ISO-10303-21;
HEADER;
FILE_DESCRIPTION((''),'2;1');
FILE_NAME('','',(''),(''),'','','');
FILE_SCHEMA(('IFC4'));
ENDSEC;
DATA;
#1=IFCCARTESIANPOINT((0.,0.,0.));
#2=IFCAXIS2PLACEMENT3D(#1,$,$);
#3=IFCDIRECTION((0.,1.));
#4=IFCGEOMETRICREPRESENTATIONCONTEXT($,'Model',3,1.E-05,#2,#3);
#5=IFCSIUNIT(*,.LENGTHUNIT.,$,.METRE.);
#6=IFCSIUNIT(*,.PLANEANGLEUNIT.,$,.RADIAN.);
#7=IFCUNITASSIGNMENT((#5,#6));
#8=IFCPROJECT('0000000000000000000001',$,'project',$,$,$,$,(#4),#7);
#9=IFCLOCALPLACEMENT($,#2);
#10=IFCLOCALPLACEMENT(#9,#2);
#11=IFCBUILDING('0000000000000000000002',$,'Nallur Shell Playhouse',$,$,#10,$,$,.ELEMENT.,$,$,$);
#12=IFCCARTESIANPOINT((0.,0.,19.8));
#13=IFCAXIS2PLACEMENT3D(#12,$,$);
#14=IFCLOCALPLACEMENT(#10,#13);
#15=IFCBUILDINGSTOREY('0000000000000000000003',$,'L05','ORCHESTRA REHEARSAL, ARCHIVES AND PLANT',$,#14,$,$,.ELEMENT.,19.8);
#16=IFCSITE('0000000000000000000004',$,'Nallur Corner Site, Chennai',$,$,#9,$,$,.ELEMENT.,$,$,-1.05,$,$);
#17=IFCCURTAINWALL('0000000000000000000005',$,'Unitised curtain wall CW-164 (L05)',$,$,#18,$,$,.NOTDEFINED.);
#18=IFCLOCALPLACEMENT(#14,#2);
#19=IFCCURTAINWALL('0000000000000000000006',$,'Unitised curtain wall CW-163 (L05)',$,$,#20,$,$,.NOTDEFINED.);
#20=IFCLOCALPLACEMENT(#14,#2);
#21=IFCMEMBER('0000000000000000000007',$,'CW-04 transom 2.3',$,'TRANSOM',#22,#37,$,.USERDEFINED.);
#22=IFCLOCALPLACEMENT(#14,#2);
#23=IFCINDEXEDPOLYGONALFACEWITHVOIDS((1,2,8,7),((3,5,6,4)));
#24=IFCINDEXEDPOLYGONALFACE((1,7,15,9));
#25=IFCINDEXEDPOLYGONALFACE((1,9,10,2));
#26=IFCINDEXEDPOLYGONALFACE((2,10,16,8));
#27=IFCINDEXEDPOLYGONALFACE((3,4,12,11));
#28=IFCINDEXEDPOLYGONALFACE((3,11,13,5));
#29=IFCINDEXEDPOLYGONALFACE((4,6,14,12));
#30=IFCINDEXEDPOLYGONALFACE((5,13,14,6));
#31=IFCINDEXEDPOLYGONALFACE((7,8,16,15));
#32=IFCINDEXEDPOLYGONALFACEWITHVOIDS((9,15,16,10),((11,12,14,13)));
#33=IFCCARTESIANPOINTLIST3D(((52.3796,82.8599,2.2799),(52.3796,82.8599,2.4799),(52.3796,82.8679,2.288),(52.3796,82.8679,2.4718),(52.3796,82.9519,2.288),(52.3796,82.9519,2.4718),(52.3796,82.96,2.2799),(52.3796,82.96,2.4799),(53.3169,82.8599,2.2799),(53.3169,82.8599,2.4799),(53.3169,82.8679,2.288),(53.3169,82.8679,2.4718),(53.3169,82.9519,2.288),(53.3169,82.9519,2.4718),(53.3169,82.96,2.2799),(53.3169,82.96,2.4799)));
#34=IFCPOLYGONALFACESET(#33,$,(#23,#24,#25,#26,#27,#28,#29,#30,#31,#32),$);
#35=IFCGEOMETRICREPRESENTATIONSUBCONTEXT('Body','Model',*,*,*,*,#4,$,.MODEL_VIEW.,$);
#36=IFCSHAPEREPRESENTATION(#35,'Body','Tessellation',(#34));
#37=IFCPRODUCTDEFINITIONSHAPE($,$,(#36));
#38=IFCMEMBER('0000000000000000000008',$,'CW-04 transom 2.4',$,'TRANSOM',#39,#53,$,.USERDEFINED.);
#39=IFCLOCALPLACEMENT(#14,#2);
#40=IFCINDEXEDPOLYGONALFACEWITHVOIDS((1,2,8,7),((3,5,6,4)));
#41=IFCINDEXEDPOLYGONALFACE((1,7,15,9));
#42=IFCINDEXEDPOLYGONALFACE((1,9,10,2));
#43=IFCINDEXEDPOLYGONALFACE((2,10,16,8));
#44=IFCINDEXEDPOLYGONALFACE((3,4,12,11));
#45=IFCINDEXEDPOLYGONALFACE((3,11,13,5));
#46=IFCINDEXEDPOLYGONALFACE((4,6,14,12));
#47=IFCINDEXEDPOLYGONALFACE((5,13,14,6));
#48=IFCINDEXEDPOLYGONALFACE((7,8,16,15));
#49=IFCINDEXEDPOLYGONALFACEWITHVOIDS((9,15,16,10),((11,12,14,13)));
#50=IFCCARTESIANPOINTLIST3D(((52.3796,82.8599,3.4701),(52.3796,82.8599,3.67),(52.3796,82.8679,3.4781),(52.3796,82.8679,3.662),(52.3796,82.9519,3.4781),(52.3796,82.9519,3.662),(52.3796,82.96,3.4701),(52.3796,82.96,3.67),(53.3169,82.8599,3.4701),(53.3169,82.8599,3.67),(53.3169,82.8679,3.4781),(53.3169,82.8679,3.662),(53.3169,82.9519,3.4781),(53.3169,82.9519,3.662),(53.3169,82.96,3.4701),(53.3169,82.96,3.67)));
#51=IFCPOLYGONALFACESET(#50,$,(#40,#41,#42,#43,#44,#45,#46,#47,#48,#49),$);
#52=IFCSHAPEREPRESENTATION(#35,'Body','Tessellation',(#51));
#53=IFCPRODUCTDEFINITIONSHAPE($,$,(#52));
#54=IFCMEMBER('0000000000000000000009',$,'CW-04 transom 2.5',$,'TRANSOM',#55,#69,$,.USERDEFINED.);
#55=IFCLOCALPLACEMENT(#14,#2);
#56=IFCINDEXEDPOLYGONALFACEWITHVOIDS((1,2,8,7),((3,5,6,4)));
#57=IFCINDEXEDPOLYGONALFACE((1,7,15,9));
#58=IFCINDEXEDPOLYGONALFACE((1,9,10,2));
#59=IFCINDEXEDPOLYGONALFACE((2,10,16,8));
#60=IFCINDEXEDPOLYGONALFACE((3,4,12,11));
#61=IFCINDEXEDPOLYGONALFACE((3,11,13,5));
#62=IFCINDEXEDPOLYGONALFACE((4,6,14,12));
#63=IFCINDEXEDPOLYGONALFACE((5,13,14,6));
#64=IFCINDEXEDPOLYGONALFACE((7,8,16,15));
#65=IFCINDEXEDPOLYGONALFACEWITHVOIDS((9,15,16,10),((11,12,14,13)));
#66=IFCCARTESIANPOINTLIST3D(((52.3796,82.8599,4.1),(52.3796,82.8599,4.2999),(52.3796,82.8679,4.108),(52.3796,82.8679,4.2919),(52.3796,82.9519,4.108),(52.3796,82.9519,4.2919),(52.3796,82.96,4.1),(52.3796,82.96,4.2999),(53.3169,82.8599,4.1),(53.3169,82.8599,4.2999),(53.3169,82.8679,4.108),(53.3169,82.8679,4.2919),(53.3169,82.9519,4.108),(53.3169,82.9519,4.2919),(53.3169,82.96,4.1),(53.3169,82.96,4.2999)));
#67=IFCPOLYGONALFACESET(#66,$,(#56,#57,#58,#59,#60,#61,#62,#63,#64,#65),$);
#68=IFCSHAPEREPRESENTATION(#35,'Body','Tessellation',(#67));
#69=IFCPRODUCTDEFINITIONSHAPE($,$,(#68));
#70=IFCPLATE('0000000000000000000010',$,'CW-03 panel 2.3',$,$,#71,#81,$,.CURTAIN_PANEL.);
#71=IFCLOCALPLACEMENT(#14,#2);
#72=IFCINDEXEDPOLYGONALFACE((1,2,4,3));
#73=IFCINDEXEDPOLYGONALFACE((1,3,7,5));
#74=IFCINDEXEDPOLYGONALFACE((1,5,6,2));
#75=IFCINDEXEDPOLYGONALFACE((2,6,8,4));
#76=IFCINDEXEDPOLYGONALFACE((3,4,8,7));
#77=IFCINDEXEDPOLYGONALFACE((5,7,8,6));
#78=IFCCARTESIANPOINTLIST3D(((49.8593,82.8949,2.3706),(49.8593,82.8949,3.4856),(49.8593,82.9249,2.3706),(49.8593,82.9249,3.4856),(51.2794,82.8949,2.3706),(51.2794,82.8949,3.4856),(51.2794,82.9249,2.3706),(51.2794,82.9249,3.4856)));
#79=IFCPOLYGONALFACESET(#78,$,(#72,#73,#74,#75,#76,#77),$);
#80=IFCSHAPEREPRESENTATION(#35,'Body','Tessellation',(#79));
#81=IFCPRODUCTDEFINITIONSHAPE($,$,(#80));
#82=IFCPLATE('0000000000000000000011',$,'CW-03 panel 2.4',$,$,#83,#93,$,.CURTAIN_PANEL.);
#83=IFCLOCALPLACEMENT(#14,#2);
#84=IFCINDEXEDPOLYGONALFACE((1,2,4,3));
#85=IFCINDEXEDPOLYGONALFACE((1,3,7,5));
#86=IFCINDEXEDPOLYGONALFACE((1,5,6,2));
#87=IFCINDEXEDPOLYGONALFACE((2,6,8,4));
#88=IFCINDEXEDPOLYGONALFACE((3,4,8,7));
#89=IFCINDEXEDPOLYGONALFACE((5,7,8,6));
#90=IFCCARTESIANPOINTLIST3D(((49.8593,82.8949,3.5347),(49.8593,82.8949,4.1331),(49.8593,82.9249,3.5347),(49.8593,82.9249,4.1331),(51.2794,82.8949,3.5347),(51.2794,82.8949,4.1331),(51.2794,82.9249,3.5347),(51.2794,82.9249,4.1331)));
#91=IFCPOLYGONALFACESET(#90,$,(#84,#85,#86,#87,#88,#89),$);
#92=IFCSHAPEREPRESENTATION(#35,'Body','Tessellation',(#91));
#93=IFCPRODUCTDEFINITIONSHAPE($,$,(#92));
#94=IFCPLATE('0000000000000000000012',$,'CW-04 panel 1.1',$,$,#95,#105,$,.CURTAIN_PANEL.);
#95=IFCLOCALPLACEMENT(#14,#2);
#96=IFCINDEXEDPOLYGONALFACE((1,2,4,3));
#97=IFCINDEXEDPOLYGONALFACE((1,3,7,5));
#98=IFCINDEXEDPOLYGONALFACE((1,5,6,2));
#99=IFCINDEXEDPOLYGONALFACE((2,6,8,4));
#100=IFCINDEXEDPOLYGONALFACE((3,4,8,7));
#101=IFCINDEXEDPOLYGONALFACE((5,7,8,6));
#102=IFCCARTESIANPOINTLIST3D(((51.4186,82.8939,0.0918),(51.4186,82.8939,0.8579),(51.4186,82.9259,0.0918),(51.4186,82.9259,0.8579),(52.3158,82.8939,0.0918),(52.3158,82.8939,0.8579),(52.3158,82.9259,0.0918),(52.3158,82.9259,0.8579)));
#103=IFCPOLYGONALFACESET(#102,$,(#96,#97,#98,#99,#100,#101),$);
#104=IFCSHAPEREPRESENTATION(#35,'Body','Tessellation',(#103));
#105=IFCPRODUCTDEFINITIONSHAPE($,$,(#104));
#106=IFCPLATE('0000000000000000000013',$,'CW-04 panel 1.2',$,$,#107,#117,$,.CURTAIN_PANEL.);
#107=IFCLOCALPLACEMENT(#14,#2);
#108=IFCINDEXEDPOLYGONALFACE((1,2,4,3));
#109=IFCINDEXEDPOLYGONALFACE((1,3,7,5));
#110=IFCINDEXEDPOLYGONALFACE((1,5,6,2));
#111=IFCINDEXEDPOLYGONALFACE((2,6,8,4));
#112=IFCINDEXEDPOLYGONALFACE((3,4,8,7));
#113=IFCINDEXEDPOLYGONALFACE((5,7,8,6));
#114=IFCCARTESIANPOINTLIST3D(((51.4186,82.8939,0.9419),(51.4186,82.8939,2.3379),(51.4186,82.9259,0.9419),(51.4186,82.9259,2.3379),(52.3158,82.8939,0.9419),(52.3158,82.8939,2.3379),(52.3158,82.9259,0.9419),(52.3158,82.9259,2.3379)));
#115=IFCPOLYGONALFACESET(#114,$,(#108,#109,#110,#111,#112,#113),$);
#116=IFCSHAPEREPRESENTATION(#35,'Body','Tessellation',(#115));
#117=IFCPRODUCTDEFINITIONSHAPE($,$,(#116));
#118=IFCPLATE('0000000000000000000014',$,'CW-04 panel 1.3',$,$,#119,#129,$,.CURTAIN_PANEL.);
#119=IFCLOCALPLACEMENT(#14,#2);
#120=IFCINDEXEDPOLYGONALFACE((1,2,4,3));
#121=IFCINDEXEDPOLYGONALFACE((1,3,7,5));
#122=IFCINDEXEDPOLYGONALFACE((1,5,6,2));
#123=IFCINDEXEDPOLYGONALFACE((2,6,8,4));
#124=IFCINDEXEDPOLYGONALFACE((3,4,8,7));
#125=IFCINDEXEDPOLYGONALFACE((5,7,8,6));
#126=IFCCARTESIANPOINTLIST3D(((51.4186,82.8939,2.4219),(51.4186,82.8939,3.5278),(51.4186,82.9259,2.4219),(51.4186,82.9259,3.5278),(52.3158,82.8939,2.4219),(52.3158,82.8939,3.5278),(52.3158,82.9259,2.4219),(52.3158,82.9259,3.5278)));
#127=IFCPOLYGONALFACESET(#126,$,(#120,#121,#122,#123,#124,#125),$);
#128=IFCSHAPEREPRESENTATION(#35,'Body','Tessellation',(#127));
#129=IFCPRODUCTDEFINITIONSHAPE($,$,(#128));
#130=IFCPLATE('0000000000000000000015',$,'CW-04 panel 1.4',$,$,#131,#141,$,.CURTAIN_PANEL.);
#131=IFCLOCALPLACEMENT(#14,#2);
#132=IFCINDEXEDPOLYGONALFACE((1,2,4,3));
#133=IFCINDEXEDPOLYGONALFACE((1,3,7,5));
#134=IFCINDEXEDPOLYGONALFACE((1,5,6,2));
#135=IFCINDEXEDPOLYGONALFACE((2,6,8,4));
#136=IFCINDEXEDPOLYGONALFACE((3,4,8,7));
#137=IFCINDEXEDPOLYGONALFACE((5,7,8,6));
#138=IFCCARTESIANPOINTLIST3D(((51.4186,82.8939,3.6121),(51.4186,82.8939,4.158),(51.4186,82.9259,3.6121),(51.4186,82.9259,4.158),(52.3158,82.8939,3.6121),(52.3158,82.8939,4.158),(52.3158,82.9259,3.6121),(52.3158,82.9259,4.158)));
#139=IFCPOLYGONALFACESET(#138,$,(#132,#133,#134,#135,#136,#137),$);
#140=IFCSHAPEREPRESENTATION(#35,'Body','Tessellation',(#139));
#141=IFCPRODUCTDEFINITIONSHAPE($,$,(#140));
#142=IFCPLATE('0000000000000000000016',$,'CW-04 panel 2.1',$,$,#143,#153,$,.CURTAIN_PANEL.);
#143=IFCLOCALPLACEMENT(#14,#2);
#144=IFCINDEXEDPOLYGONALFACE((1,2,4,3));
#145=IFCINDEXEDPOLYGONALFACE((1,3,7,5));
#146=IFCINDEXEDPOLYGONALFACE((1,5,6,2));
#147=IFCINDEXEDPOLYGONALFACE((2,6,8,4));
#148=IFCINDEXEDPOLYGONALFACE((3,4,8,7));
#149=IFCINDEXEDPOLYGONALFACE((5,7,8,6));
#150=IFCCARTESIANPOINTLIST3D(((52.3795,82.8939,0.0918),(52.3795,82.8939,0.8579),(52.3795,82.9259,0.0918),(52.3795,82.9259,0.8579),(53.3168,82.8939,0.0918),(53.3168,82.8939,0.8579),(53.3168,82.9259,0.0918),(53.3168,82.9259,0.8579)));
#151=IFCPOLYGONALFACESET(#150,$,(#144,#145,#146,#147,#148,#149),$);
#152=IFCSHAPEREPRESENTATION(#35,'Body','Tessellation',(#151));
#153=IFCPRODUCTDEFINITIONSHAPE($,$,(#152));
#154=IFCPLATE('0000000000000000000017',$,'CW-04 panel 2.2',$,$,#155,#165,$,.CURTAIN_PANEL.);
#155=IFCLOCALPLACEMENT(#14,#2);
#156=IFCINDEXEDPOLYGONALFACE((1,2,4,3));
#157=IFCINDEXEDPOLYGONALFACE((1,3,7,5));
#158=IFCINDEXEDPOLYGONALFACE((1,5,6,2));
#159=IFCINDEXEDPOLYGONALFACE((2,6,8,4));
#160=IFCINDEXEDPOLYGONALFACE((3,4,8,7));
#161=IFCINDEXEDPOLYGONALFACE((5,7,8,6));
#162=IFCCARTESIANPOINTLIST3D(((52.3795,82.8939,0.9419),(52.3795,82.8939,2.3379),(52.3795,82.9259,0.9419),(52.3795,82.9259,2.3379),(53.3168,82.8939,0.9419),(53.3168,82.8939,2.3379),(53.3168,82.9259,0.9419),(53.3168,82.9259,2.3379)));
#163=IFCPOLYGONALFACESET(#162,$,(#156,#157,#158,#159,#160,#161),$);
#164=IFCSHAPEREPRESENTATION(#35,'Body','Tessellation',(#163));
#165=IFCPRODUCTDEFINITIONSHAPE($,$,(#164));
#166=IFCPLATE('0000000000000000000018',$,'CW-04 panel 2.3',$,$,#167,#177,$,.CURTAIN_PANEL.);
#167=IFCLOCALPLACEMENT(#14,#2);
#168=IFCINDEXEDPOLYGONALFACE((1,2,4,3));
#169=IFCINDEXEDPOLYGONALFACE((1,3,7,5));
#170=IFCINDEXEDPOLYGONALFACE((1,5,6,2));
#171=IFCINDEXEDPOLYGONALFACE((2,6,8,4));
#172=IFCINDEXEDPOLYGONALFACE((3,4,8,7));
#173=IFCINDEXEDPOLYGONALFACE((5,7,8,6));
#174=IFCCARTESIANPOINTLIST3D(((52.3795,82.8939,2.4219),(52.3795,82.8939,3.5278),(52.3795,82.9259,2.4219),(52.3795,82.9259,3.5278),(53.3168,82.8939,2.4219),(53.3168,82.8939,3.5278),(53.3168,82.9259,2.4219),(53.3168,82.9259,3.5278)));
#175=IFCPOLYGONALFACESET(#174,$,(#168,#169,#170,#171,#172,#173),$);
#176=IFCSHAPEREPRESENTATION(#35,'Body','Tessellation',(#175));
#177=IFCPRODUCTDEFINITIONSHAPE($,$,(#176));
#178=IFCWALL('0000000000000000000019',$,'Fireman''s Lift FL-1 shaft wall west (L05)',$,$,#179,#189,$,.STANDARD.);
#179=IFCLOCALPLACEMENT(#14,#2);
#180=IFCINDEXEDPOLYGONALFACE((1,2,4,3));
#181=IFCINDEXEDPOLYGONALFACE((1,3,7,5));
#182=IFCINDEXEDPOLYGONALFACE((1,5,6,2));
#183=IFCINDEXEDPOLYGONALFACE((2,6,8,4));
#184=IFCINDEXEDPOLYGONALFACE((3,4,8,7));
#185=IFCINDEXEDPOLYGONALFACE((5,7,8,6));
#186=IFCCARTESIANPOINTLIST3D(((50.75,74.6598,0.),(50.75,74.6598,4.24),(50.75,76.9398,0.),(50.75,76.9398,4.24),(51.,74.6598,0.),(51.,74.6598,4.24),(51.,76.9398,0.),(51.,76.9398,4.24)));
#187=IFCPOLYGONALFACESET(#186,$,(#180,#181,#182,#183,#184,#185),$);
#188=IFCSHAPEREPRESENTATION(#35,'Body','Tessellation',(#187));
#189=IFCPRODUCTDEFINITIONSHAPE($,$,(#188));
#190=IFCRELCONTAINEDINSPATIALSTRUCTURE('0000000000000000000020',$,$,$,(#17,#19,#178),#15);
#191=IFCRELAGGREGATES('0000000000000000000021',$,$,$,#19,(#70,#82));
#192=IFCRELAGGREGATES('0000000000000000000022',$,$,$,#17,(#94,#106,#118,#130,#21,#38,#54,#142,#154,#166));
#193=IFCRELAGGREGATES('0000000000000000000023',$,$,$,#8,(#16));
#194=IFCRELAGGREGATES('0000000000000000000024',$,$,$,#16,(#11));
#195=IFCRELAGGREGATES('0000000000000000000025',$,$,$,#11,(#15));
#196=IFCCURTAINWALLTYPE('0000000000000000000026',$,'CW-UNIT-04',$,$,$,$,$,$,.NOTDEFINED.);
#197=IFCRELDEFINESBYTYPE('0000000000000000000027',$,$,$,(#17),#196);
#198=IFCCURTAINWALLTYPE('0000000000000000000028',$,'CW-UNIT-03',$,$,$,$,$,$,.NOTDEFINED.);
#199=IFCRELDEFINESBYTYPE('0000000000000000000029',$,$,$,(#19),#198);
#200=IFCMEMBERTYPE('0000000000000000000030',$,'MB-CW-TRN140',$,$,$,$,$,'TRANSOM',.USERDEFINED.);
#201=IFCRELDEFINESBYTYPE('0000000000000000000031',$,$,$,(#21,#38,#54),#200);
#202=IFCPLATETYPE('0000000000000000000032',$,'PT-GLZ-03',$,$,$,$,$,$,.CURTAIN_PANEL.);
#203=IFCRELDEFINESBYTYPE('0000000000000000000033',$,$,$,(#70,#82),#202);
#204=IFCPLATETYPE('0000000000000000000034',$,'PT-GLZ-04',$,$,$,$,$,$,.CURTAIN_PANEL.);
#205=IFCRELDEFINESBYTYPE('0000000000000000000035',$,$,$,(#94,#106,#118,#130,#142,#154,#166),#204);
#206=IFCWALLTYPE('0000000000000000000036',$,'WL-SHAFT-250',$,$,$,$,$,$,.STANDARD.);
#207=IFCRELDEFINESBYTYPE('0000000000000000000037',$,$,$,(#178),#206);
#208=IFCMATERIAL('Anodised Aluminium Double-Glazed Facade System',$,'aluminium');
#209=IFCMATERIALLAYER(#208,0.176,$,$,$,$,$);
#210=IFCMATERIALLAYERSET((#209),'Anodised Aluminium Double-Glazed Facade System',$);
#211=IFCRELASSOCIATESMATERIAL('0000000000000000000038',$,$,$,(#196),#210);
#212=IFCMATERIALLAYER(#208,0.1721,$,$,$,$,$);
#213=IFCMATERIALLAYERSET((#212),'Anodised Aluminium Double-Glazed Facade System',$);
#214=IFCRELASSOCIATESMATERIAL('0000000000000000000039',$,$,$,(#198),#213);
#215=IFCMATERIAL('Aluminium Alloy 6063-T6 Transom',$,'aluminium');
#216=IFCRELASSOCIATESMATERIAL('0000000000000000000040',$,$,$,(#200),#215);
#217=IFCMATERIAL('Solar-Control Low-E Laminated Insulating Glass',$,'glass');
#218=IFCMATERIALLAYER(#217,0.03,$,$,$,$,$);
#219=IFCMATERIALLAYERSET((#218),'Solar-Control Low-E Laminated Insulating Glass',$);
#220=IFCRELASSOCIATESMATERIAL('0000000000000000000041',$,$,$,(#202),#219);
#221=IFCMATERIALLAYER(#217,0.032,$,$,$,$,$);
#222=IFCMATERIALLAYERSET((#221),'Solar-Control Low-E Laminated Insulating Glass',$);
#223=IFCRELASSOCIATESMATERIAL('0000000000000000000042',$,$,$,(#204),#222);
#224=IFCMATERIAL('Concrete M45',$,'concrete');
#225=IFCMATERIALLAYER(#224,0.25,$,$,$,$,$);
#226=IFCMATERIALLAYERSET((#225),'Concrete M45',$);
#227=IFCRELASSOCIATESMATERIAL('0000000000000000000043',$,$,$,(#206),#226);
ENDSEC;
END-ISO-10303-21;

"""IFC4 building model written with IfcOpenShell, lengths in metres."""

from ifc_helpers import new_model, si_unit, direction, frame, frame_2d, origin, origin_2d, place, context, subcontext, project, spatial, rectangle, hollow_rectangle, extrude, material, layer, layer_set, material_profile, profile_set, type_object, element, aggregate, save


model = new_model("IFC4")

# Units and contexts
model_context = context("Model", 3, precision=1e-05, world=origin(), true_north=direction((0.0, 1.0)))
body_context = subcontext(model_context, "Body", "Model", "MODEL_VIEW")
ifc_project = project(units=[si_unit("LENGTHUNIT", "METRE"), si_unit("PLANEANGLEUNIT", "RADIAN")], contexts=[model_context])

# Site, building, storey
site_placement = place(None, origin())
site = spatial("IfcSite", under=ifc_project, at=site_placement, Name="Nallur Corner Site, Chennai", CompositionType="ELEMENT", RefElevation=-1.05)
building_placement = place(site_placement, origin())
building = spatial("IfcBuilding", under=site, at=building_placement, Name="Nallur Shell Playhouse", CompositionType="ELEMENT")
storey_placement = place(building_placement, frame((0.0, 0.0, 19.8)))
storey = spatial("IfcBuildingStorey", under=building, at=storey_placement, Name="L05", Description="ORCHESTRA REHEARSAL, ARCHIVES AND PLANT", CompositionType="ELEMENT", Elevation=19.8)

# Curtain wall
ifc_material_1 = material(Name="Anodised Aluminium Double-Glazed Facade System", Category="aluminium")
ifc_layer_1 = layer(ifc_material_1, 0.176)
ifc_layer_set_1 = layer_set([ifc_layer_1], Name="Anodised Aluminium Double-Glazed Facade System")
curtain_wall_type_1 = type_object("IfcCurtainWallType", Name="CW-UNIT-04", PredefinedType="NOTDEFINED", material=ifc_layer_set_1)
curtain_wall_1_placement = place(storey_placement, origin())
curtain_wall_1 = element("IfcCurtainWall", 1, at=curtain_wall_1_placement, inside=storey, type_object=curtain_wall_type_1, Name="Unitised curtain wall CW-164 (L05)", PredefinedType="NOTDEFINED")

# Curtain wall
ifc_layer_2 = layer(ifc_material_1, 0.1721)
ifc_layer_set_2 = layer_set([ifc_layer_2], Name="Anodised Aluminium Double-Glazed Facade System")
curtain_wall_type_2 = type_object("IfcCurtainWallType", Name="CW-UNIT-03", PredefinedType="NOTDEFINED", material=ifc_layer_set_2)
curtain_wall_2_placement = place(storey_placement, origin())
curtain_wall_2 = element("IfcCurtainWall", 2, at=curtain_wall_2_placement, inside=storey, type_object=curtain_wall_type_2, Name="Unitised curtain wall CW-163 (L05)", PredefinedType="NOTDEFINED")

# Members
ifc_material_2 = material(Name="Aluminium Alloy 6063-T6 Transom", Category="aluminium")
ifc_material_profile_1 = material_profile(ifc_material_2, hollow_rectangle(XDim=0.1001, YDim=0.2, WallThickness=0.0081, at=origin_2d()), Name="RHS 200x100x8")
ifc_profile_set_1 = profile_set([ifc_material_profile_1], Name="Aluminium Alloy 6063-T6 Transom")
member_type_1 = type_object("IfcMemberType", Name="MB-CW-TRN140", ElementType="TRANSOM", PredefinedType="USERDEFINED", material=ifc_profile_set_1)
member_1_placement = place(storey_placement, frame((52.3796, 82.9099, 2.3799), z_axis=(1.0, 0.0, 0.0), x_axis=(0.0, 1.0, 0.0)))
member_1 = element("IfcMember", 3, at=member_1_placement, type_object=member_type_1, Name="CW-04 transom 2.3", ObjectType="TRANSOM", PredefinedType="USERDEFINED", context=body_context, shape_type="SweptSolid", body=[
    extrude(hollow_rectangle(XDim=0.1001, YDim=0.2, WallThickness=0.0081, at=origin_2d()), origin(), (0.0, 0.0, 1.0), 0.9373),
])
member_2_placement = place(storey_placement, frame((52.3796, 82.9099, 3.5701), z_axis=(1.0, 0.0, 0.0), x_axis=(0.0, 1.0, 0.0)))
member_2 = element("IfcMember", 4, at=member_2_placement, type_object=member_type_1, Name="CW-04 transom 2.4", ObjectType="TRANSOM", PredefinedType="USERDEFINED", context=body_context, shape_type="SweptSolid", body=[
    extrude(hollow_rectangle(XDim=0.1001, YDim=0.2, WallThickness=0.0081, at=origin_2d()), origin(), (0.0, 0.0, 1.0), 0.9373),
])
member_3_placement = place(storey_placement, frame((52.3796, 82.9099, 4.2), z_axis=(1.0, 0.0, 0.0), x_axis=(0.0, 1.0, 0.0)))
member_3 = element("IfcMember", 5, at=member_3_placement, type_object=member_type_1, Name="CW-04 transom 2.5", ObjectType="TRANSOM", PredefinedType="USERDEFINED", context=body_context, shape_type="SweptSolid", body=[
    extrude(hollow_rectangle(XDim=0.1001, YDim=0.2, WallThickness=0.0081, at=origin_2d()), origin(), (0.0, 0.0, 1.0), 0.9373),
])

# Plates
ifc_material_3 = material(Name="Solar-Control Low-E Laminated Insulating Glass", Category="glass")
ifc_layer_3 = layer(ifc_material_3, 0.03)
ifc_layer_set_3 = layer_set([ifc_layer_3], Name="Solar-Control Low-E Laminated Insulating Glass")
plate_type_1 = type_object("IfcPlateType", Name="PT-GLZ-03", PredefinedType="CURTAIN_PANEL", material=ifc_layer_set_3)
plate_1_placement = place(storey_placement, frame((50.5693, 82.9099, 2.3706), z_axis=(0.0, 0.0, 1.0), x_axis=(1.0, 0.0, 0.0)))
plate_1 = element("IfcPlate", 6, at=plate_1_placement, type_object=plate_type_1, Name="CW-03 panel 2.3", PredefinedType="CURTAIN_PANEL", context=body_context, shape_type="SweptSolid", body=[
    extrude(rectangle(XDim=1.4202, YDim=0.03, at=origin_2d()), origin(), (0.0, 0.0, 1.0), 1.115),
])
plate_2_placement = place(storey_placement, frame((50.5693, 82.9099, 3.5347), z_axis=(0.0, 0.0, 1.0), x_axis=(1.0, 0.0, 0.0)))
plate_2 = element("IfcPlate", 7, at=plate_2_placement, type_object=plate_type_1, Name="CW-03 panel 2.4", PredefinedType="CURTAIN_PANEL", context=body_context, shape_type="SweptSolid", body=[
    extrude(rectangle(XDim=1.4202, YDim=0.03, at=origin_2d()), origin(), (0.0, 0.0, 1.0), 0.5984),
])
aggregate(curtain_wall_2, [plate_1, plate_2])
ifc_layer_4 = layer(ifc_material_3, 0.032)
ifc_layer_set_4 = layer_set([ifc_layer_4], Name="Solar-Control Low-E Laminated Insulating Glass")
plate_type_2 = type_object("IfcPlateType", Name="PT-GLZ-04", PredefinedType="CURTAIN_PANEL", material=ifc_layer_set_4)
plate_3_placement = place(storey_placement, frame((51.8672, 82.9099, 0.0918), z_axis=(0.0, 0.0, 1.0), x_axis=(1.0, 0.0, 0.0)))
plate_3 = element("IfcPlate", 8, at=plate_3_placement, type_object=plate_type_2, Name="CW-04 panel 1.1", PredefinedType="CURTAIN_PANEL", context=body_context, shape_type="SweptSolid", body=[
    extrude(rectangle(XDim=0.8972, YDim=0.032, at=origin_2d()), origin(), (0.0, 0.0, 1.0), 0.7661),
])
plate_4_placement = place(storey_placement, frame((51.8672, 82.9099, 0.9419), z_axis=(0.0, 0.0, 1.0), x_axis=(1.0, 0.0, 0.0)))
plate_4 = element("IfcPlate", 9, at=plate_4_placement, type_object=plate_type_2, Name="CW-04 panel 1.2", PredefinedType="CURTAIN_PANEL", context=body_context, shape_type="SweptSolid", body=[
    extrude(rectangle(XDim=0.8972, YDim=0.032, at=origin_2d()), origin(), (0.0, 0.0, 1.0), 1.396),
])
plate_5_placement = place(storey_placement, frame((51.8672, 82.9099, 2.4219), z_axis=(0.0, 0.0, 1.0), x_axis=(1.0, 0.0, 0.0)))
plate_5 = element("IfcPlate", 10, at=plate_5_placement, type_object=plate_type_2, Name="CW-04 panel 1.3", PredefinedType="CURTAIN_PANEL", context=body_context, shape_type="SweptSolid", body=[
    extrude(rectangle(XDim=0.8972, YDim=0.032, at=origin_2d()), origin(), (0.0, 0.0, 1.0), 1.106),
])
plate_6_placement = place(storey_placement, frame((51.8672, 82.9099, 3.6121), z_axis=(0.0, 0.0, 1.0), x_axis=(1.0, 0.0, 0.0)))
plate_6 = element("IfcPlate", 11, at=plate_6_placement, type_object=plate_type_2, Name="CW-04 panel 1.4", PredefinedType="CURTAIN_PANEL", context=body_context, shape_type="SweptSolid", body=[
    extrude(rectangle(XDim=0.8972, YDim=0.032, at=origin_2d()), origin(), (0.0, 0.0, 1.0), 0.5459),
])
plate_7_placement = place(storey_placement, frame((52.8481, 82.9099, 0.0918), z_axis=(0.0, 0.0, 1.0), x_axis=(1.0, 0.0, 0.0)))
plate_7 = element("IfcPlate", 12, at=plate_7_placement, type_object=plate_type_2, Name="CW-04 panel 2.1", PredefinedType="CURTAIN_PANEL", context=body_context, shape_type="SweptSolid", body=[
    extrude(rectangle(XDim=0.9373, YDim=0.032, at=origin_2d()), origin(), (0.0, 0.0, 1.0), 0.7661),
])
plate_8_placement = place(storey_placement, frame((52.8481, 82.9099, 0.9419), z_axis=(0.0, 0.0, 1.0), x_axis=(1.0, 0.0, 0.0)))
plate_8 = element("IfcPlate", 13, at=plate_8_placement, type_object=plate_type_2, Name="CW-04 panel 2.2", PredefinedType="CURTAIN_PANEL", context=body_context, shape_type="SweptSolid", body=[
    extrude(rectangle(XDim=0.9373, YDim=0.032, at=origin_2d()), origin(), (0.0, 0.0, 1.0), 1.396),
])
plate_9_placement = place(storey_placement, frame((52.8481, 82.9099, 2.4219), z_axis=(0.0, 0.0, 1.0), x_axis=(1.0, 0.0, 0.0)))
plate_9 = element("IfcPlate", 14, at=plate_9_placement, type_object=plate_type_2, Name="CW-04 panel 2.3", PredefinedType="CURTAIN_PANEL", context=body_context, shape_type="SweptSolid", body=[
    extrude(rectangle(XDim=0.9373, YDim=0.032, at=origin_2d()), origin(), (0.0, 0.0, 1.0), 1.106),
])
aggregate(curtain_wall_1, [plate_3, plate_4, plate_5, plate_6, member_1, member_2, member_3, plate_7, plate_8, plate_9])

# Wall
ifc_material_4 = material(Name="Concrete M45", Category="concrete")
ifc_layer_5 = layer(ifc_material_4, 0.25)
ifc_layer_set_5 = layer_set([ifc_layer_5], Name="Concrete M45")
wall_type = type_object("IfcWallType", Name="WL-SHAFT-250", PredefinedType="STANDARD", material=ifc_layer_set_5)
wall_placement = place(storey_placement, frame((50.875, 76.9399, 0.0), z_axis=(0.0, 0.0, 1.0), x_axis=(0.0, -1.0, 0.0)))
element("IfcWall", 15, at=wall_placement, inside=storey, type_object=wall_type, Name="Fireman's Lift FL-1 shaft wall west (L05)", PredefinedType="STANDARD", context=body_context, shape_type="SweptSolid", body=[
    extrude(rectangle(XDim=2.28, YDim=0.25, at=frame_2d((1.1401, 0.0))), origin(), (0.0, 0.0, 1.0), 4.24),
])

save(model, "model.ifc")
